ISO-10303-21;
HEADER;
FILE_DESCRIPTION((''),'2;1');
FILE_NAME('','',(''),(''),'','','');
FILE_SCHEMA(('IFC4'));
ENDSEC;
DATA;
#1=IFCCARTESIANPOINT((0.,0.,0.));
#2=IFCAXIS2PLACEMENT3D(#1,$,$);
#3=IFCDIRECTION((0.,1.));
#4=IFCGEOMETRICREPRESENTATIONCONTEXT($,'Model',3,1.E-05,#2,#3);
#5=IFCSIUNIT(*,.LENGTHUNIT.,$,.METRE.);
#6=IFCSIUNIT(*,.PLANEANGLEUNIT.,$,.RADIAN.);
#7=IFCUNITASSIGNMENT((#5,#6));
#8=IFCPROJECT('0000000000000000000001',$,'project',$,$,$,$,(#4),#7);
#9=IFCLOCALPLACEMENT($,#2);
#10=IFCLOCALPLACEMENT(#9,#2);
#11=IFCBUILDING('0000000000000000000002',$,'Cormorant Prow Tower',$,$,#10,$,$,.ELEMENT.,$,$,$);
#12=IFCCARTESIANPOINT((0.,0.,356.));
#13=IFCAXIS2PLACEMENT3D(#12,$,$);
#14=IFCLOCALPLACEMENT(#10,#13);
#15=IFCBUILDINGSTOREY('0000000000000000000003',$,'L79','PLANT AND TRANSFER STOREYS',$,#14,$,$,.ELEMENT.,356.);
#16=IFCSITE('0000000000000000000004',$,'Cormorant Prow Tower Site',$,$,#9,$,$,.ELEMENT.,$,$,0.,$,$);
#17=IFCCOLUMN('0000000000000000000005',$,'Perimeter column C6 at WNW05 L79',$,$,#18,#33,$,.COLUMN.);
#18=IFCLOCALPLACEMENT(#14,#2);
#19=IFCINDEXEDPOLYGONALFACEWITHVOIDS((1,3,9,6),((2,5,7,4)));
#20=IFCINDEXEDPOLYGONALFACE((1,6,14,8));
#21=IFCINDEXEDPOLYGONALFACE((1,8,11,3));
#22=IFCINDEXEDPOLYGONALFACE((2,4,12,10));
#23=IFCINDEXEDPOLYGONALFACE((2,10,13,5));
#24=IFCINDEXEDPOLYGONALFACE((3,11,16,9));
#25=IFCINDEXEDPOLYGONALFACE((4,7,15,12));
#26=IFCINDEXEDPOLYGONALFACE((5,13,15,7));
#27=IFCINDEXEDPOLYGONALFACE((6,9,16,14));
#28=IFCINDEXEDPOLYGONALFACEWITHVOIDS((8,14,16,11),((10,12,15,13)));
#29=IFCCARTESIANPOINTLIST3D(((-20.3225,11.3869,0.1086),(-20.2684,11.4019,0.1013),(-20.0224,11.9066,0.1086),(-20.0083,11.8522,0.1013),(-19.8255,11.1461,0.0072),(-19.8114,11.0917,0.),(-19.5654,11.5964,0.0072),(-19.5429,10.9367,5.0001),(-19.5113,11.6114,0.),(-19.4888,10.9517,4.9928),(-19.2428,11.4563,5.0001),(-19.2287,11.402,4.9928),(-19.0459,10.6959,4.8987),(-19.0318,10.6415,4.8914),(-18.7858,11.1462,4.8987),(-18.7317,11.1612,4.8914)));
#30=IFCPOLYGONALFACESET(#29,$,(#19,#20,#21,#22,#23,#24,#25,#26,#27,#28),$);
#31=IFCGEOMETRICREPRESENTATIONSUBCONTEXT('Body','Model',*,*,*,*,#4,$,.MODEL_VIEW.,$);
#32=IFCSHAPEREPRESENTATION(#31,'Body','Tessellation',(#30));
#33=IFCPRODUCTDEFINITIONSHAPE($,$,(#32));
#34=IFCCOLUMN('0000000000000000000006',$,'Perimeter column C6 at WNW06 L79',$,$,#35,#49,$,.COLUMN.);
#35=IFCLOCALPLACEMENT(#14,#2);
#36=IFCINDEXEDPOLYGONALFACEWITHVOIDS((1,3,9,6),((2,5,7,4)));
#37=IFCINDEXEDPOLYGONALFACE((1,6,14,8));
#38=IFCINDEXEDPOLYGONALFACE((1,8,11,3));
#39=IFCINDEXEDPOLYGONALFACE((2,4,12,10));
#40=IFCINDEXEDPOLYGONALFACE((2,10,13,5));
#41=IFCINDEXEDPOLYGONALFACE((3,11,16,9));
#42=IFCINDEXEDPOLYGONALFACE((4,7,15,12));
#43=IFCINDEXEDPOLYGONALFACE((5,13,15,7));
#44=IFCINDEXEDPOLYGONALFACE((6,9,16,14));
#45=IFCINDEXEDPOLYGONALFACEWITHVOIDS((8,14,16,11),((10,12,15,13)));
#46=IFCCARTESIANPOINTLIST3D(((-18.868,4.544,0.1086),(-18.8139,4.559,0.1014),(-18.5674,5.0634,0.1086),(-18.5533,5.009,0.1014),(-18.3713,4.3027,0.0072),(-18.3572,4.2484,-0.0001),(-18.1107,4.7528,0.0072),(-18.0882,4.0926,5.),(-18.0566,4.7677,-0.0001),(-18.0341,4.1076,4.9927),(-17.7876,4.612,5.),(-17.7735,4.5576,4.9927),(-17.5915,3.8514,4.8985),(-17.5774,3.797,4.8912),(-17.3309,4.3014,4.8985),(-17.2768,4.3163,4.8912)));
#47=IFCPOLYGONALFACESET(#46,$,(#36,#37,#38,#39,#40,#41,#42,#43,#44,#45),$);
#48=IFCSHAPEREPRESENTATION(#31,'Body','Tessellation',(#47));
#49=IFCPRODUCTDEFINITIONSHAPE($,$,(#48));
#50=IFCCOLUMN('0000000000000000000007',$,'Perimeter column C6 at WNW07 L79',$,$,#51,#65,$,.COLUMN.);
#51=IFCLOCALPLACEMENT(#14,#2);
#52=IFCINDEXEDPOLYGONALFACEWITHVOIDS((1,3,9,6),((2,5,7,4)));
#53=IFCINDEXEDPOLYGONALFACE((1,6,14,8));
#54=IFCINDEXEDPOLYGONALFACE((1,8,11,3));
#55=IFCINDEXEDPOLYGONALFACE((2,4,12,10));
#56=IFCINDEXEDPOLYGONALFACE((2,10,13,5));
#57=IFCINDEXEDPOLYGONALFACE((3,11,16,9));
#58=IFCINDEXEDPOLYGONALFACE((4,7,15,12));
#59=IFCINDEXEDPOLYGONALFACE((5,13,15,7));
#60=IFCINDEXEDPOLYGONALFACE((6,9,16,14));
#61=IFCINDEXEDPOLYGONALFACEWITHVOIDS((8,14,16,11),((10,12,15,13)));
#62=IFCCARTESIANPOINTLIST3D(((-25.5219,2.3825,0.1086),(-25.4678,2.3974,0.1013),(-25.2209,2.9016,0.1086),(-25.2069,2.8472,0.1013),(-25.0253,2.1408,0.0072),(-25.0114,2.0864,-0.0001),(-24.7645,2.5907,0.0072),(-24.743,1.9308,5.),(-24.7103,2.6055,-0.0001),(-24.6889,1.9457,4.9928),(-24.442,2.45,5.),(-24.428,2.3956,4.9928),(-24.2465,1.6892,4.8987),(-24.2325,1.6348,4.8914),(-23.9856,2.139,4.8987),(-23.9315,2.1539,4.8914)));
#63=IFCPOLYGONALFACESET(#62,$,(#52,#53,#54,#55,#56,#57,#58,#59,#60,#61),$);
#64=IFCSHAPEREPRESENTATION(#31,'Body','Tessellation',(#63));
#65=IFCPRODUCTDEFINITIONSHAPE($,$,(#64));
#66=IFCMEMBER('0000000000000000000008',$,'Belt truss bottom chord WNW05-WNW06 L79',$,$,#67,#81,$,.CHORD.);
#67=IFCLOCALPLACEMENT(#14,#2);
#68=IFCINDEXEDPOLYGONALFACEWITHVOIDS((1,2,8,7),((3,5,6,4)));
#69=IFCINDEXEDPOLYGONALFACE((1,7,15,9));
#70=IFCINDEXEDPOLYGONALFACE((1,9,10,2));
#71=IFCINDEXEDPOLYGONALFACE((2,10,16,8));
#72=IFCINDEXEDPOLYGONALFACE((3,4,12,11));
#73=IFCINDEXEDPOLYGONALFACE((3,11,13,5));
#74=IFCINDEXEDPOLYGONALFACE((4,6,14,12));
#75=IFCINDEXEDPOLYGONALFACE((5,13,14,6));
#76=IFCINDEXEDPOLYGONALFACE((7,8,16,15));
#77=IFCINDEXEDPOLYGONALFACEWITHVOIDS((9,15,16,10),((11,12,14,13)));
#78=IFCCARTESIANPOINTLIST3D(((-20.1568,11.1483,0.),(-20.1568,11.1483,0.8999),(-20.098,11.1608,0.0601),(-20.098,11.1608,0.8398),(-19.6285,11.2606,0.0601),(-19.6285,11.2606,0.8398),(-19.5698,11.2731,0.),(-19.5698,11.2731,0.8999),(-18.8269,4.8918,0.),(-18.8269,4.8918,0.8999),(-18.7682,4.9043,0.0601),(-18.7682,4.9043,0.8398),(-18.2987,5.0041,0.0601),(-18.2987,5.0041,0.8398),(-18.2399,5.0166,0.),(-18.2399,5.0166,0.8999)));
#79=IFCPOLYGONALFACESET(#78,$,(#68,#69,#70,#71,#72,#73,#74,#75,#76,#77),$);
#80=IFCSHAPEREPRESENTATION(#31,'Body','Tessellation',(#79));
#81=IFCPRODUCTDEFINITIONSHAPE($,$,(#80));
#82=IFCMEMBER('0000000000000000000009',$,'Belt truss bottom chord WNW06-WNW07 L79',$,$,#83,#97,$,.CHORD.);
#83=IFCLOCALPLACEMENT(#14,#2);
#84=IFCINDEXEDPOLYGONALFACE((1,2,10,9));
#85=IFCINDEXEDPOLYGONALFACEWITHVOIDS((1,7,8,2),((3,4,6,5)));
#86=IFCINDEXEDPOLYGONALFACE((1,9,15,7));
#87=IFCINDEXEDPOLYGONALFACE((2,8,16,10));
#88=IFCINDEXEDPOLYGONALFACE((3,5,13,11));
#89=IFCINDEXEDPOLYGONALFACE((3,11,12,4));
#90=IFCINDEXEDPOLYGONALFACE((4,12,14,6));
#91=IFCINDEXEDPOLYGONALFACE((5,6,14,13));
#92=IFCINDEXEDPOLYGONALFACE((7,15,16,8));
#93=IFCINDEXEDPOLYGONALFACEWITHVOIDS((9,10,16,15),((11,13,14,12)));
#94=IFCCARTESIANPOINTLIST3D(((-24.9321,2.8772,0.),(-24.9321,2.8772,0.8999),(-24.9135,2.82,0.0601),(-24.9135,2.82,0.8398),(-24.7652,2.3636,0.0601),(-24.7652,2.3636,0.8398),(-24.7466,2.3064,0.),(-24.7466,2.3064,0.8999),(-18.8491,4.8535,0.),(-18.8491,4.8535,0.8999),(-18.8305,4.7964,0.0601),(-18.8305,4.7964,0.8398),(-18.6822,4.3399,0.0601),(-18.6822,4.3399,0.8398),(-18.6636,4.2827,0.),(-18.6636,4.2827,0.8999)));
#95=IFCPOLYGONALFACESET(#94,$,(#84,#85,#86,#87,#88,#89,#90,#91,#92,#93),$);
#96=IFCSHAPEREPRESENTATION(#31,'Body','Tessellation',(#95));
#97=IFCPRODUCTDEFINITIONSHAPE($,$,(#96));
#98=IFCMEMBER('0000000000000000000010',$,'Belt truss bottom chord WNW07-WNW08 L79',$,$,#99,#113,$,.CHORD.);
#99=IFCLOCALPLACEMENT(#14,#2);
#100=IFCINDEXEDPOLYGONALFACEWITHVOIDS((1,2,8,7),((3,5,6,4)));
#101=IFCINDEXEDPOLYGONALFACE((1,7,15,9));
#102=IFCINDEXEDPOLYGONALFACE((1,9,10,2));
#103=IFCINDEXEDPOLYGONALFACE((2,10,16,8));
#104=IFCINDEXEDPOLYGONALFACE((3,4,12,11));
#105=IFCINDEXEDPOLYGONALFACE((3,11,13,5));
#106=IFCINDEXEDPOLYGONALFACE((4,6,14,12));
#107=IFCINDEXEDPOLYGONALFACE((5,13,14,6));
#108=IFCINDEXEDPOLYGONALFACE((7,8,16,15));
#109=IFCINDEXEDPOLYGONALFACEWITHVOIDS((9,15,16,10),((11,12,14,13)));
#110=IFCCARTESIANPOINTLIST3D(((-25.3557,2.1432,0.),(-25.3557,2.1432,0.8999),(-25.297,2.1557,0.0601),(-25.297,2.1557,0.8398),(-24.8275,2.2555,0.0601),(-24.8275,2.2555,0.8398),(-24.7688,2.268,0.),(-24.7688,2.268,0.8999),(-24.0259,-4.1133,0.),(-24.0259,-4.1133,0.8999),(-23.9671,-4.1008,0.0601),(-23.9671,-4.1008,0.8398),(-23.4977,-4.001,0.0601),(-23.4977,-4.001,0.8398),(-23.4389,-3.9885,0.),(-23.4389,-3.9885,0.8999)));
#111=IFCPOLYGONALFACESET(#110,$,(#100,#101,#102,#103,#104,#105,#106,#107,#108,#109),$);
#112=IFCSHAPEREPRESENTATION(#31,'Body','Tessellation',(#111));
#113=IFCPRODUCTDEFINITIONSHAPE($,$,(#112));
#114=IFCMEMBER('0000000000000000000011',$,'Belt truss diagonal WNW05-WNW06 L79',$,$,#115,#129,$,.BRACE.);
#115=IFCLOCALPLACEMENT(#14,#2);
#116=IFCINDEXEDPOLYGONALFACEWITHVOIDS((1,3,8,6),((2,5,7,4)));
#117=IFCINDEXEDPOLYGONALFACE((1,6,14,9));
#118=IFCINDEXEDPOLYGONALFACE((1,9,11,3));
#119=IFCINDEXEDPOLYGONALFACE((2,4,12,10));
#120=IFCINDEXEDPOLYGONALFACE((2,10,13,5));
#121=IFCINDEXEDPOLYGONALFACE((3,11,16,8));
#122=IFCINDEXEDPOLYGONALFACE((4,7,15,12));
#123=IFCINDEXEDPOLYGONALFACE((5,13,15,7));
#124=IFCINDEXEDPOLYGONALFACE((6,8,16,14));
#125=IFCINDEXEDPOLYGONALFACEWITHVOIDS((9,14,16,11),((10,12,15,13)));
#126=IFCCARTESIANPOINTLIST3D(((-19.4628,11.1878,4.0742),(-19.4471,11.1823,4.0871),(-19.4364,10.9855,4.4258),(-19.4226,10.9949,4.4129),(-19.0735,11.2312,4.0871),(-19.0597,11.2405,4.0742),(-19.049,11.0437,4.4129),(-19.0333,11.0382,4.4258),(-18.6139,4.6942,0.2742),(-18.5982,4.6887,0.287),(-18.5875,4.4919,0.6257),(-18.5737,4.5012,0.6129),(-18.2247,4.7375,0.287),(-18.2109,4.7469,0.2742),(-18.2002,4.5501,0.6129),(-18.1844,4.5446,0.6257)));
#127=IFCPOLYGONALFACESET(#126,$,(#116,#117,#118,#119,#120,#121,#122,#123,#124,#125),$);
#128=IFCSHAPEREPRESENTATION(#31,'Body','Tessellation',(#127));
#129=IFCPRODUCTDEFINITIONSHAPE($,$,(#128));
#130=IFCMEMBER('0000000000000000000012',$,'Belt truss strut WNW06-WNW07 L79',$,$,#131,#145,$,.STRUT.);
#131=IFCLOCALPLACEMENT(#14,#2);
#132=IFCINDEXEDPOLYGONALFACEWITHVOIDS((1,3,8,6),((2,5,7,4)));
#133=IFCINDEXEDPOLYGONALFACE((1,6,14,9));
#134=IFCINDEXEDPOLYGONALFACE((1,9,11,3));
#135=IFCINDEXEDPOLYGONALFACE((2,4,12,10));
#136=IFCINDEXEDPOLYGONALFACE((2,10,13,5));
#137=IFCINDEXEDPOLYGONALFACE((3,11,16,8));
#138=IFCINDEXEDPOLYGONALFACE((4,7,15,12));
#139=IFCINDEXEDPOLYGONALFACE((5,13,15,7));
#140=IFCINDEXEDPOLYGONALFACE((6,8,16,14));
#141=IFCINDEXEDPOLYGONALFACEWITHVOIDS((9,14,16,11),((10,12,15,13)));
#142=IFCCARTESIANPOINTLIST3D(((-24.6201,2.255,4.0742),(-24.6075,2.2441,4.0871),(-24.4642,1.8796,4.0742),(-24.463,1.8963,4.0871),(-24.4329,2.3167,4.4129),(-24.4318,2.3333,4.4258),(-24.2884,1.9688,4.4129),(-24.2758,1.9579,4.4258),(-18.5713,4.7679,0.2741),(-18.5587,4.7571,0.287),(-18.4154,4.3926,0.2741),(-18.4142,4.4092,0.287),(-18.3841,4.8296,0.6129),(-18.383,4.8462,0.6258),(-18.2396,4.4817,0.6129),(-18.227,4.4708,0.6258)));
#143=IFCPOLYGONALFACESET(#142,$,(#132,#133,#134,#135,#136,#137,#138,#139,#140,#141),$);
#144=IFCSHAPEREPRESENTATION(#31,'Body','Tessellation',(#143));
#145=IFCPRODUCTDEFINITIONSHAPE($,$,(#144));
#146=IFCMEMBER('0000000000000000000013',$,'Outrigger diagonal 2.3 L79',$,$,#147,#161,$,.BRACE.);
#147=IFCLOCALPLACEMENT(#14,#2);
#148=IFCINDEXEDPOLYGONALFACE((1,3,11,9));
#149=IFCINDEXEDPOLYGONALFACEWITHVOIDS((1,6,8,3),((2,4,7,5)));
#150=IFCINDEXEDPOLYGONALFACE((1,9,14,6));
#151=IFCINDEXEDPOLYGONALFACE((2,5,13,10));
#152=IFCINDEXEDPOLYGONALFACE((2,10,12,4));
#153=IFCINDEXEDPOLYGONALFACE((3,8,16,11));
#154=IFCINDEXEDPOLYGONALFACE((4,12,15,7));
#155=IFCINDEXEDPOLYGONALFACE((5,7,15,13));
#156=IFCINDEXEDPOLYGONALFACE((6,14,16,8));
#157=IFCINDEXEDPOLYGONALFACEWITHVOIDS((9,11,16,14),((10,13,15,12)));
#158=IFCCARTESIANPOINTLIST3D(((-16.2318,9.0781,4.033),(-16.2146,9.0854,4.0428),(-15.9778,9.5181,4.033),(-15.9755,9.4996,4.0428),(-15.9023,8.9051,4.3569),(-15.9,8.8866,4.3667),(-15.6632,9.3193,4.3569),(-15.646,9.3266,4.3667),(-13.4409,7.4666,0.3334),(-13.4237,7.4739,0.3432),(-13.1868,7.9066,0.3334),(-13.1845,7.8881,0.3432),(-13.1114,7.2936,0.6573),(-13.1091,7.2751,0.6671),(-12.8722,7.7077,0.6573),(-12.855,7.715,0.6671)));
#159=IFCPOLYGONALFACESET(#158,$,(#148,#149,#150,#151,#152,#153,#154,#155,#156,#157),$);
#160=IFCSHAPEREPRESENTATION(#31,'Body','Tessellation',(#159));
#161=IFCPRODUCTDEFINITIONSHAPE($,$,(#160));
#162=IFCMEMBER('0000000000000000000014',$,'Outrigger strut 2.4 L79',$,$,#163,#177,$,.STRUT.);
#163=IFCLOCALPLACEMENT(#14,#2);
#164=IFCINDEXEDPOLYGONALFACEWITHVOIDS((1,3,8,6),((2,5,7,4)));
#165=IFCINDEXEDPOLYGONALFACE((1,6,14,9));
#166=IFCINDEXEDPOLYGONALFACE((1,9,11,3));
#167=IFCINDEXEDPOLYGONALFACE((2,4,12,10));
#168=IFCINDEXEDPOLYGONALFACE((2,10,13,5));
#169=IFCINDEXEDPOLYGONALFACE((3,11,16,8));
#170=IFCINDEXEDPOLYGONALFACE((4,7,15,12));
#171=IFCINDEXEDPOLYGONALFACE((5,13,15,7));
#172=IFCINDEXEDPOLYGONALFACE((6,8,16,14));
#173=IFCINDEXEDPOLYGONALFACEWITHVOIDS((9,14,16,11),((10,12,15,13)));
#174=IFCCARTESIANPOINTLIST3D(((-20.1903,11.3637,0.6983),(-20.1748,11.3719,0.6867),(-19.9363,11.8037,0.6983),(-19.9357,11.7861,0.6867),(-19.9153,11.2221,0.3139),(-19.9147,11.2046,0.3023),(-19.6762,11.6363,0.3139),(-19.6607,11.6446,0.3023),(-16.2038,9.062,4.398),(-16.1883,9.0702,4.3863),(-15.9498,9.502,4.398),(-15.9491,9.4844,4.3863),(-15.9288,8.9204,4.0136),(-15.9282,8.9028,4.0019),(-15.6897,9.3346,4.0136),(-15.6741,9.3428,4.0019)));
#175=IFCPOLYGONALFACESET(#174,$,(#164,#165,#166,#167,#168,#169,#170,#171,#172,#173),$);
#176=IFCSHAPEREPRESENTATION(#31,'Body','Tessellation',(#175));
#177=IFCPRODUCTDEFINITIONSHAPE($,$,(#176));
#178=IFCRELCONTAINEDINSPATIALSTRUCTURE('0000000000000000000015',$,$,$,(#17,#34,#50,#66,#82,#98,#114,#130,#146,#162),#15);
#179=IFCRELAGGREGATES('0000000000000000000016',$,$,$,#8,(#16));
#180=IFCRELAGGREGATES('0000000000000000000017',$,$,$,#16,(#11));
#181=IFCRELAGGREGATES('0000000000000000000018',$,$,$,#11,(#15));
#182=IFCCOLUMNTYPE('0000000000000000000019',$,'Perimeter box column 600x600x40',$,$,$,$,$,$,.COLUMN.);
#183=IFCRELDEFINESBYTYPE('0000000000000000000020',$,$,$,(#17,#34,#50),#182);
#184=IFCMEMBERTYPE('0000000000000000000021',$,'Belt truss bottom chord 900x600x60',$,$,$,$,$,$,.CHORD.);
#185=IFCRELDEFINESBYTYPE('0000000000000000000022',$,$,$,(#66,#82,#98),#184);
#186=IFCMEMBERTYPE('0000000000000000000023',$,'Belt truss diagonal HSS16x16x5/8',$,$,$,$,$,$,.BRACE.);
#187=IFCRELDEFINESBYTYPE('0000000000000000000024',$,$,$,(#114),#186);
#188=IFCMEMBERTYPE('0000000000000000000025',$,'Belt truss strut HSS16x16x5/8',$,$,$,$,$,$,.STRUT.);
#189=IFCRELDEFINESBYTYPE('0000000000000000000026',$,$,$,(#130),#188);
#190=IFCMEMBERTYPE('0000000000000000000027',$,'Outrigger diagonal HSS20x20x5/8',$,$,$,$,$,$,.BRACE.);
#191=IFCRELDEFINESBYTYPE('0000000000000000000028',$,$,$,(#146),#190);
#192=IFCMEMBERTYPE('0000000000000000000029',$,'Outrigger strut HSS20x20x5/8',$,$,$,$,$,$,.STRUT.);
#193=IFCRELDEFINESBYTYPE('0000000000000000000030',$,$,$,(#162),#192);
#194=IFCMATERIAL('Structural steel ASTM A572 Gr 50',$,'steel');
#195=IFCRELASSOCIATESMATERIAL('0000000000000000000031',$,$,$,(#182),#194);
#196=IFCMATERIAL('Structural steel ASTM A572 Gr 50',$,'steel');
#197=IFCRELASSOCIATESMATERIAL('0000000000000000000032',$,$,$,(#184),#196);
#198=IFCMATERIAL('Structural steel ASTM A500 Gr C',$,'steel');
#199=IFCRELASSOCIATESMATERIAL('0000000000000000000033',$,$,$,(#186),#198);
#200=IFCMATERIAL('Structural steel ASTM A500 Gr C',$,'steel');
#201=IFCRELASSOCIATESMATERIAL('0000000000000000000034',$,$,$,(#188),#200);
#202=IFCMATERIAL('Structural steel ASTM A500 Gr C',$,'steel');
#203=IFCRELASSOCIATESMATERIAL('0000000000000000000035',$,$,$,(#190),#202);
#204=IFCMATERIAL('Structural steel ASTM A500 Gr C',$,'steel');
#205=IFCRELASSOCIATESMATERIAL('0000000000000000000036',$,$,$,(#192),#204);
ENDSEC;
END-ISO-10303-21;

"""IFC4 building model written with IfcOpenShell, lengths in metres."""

from ifc_helpers import new_model, si_unit, direction, frame, origin, origin_2d, place, context, subcontext, project, spatial, hollow_rectangle, extrude, material, material_profile, profile_set, type_object, element, save


model = new_model("IFC4")

# Units and contexts
model_context = context("Model", 3, precision=1e-05, world=origin(), true_north=direction((0.0, 1.0)))
body_context = subcontext(model_context, "Body", "Model", "MODEL_VIEW")
ifc_project = project(units=[si_unit("LENGTHUNIT", "METRE"), si_unit("PLANEANGLEUNIT", "RADIAN")], contexts=[model_context])

# Site, building, storey
site_placement = place(None, origin())
site = spatial("IfcSite", under=ifc_project, at=site_placement, Name="Cormorant Prow Tower Site", CompositionType="ELEMENT", RefElevation=0.0)
building_placement = place(site_placement, origin())
building = spatial("IfcBuilding", under=site, at=building_placement, Name="Cormorant Prow Tower", CompositionType="ELEMENT")
storey_placement = place(building_placement, frame((0.0, 0.0, 356.0)))
storey = spatial("IfcBuildingStorey", under=building, at=storey_placement, Name="L79", Description="PLANT AND TRANSFER STOREYS", CompositionType="ELEMENT", Elevation=356.0)

# Columns
ifc_material_1 = material(Name="Structural steel ASTM A572 Gr 50", Category="steel")
ifc_material_profile_1 = material_profile(ifc_material_1, hollow_rectangle(XDim=0.6001, YDim=0.6001, WallThickness=0.04, at=origin_2d()), Name="Box 600x600x40")
ifc_profile_set_1 = profile_set([ifc_material_profile_1], Name="Structural steel ASTM A572 Gr 50")
column_type = type_object("IfcColumnType", Name="Perimeter box column 600x600x40", PredefinedType="COLUMN", material=ifc_profile_set_1)
for number, where, z_axis, x_axis, name in (
    (1, (-19.9255, 11.5042, 0.0), (0.156743, -0.090521, 0.983482), (0.500105, 0.865965, 0.0), "Perimeter column C6 at WNW05 L79"),
    (2, (-18.4709, 4.6609, 0.0), (0.156786, -0.090758, 0.983454), (0.500984, 0.865457, 0.0), "Perimeter column C6 at WNW06 L79"),
    (3, (-25.1248, 2.499, 0.0), (0.156598, -0.090809, 0.983479), (0.501643, 0.865075, 0.0), "Perimeter column C6 at WNW07 L79"),
):
    element("IfcColumn", number, at=place(storey_placement, frame(where, z_axis=z_axis, x_axis=x_axis)), inside=storey, type_object=column_type, Name=name, PredefinedType="COLUMN", context=body_context, shape_type="SweptSolid", body=[
        extrude(hollow_rectangle(XDim=0.6001, YDim=0.6001, WallThickness=0.04, at=origin_2d()), frame((0.0, 0.0, 0.0552)), (0.0, 0.0, 1.0), 4.9736),
    ])

# Members
ifc_material_2 = material(Name="Structural steel ASTM A572 Gr 50", Category="steel")
ifc_material_profile_2 = material_profile(ifc_material_2, hollow_rectangle(XDim=0.6001, YDim=0.8999, WallThickness=0.0601, at=origin_2d()), Name="Box 900x600x60")
ifc_profile_set_2 = profile_set([ifc_material_profile_2], Name="Structural steel ASTM A572 Gr 50")
member_type_1 = type_object("IfcMemberType", Name="Belt truss bottom chord 900x600x60", PredefinedType="CHORD", material=ifc_profile_set_2)
member_1_placement = place(storey_placement, frame((-19.8633, 11.2107, 0.45), z_axis=(0.207913, -0.978147, 0.0), x_axis=(0.978147, 0.207913, 0.0)))
element("IfcMember", 4, at=member_1_placement, inside=storey, type_object=member_type_1, Name="Belt truss bottom chord WNW05-WNW06 L79", PredefinedType="CHORD", context=body_context, shape_type="SweptSolid", body=[
    extrude(hollow_rectangle(XDim=0.6001, YDim=0.8999, WallThickness=0.0601, at=origin_2d()), origin(), (0.0, 0.0, 1.0), 6.3962),
])
member_2_placement = place(storey_placement, frame((-18.7563, 4.5681, 0.45), z_axis=(-0.951064, -0.308993, 0.0), x_axis=(0.308993, -0.951064, 0.0)))
element("IfcMember", 5, at=member_2_placement, inside=storey, type_object=member_type_1, Name="Belt truss bottom chord WNW06-WNW07 L79", PredefinedType="CHORD", context=body_context, shape_type="SweptSolid", body=[
    extrude(hollow_rectangle(XDim=0.6001, YDim=0.8999, WallThickness=0.0601, at=origin_2d()), origin(), (0.0, 0.0, 1.0), 6.396),
])
member_3_placement = place(storey_placement, frame((-25.0623, 2.2056, 0.45), z_axis=(0.207913, -0.978147, 0.0), x_axis=(0.978147, 0.207913, 0.0)))
element("IfcMember", 6, at=member_3_placement, inside=storey, type_object=member_type_1, Name="Belt truss bottom chord WNW07-WNW08 L79", PredefinedType="CHORD", context=body_context, shape_type="SweptSolid", body=[
    extrude(hollow_rectangle(XDim=0.6001, YDim=0.8999, WallThickness=0.0601, at=origin_2d()), origin(), (0.0, 0.0, 1.0), 6.3962),
])
ifc_material_3 = material(Name="Structural steel ASTM A500 Gr C", Category="steel")
ifc_material_profile_3 = material_profile(ifc_material_3, hollow_rectangle(XDim=0.4065, YDim=0.4065, WallThickness=0.0149, at=origin_2d()), Name="HSS16x16x5/8")
ifc_profile_set_3 = profile_set([ifc_material_profile_3], Name="Structural steel ASTM A500 Gr C")
member_type_2 = type_object("IfcMemberType", Name="Belt truss diagonal HSS16x16x5/8", PredefinedType="BRACE", material=ifc_profile_set_3)
member_4_placement = place(storey_placement, frame((-18.3992, 4.6194, 0.45), z_axis=(-0.112114, 0.857638, 0.501885), x_axis=(-0.991564, -0.129621, 0.0)))
element("IfcMember", 7, at=member_4_placement, inside=storey, type_object=member_type_2, Name="Belt truss diagonal WNW05-WNW06 L79", PredefinedType="BRACE", context=body_context, shape_type="SweptSolid", body=[
    extrude(hollow_rectangle(XDim=0.4065, YDim=0.4065, WallThickness=0.0149, at=origin_2d()), origin(), (0.0, 0.0, 1.0), 7.5715),
])
ifc_material_4 = material(Name="Structural steel ASTM A500 Gr C", Category="steel")
ifc_material_profile_4 = material_profile(ifc_material_4, hollow_rectangle(XDim=0.4065, YDim=0.4065, WallThickness=0.0149, at=origin_2d()), Name="HSS16x16x5/8")
ifc_profile_set_4 = profile_set([ifc_material_profile_4], Name="Structural steel ASTM A500 Gr C")
member_type_3 = type_object("IfcMemberType", Name="Belt truss strut HSS16x16x5/8", PredefinedType="STRUT", material=ifc_profile_set_4)
member_5_placement = place(storey_placement, frame((-18.3992, 4.6194, 0.45), z_axis=(-0.798783, -0.331848, 0.501819), x_axis=(0.383652, -0.923478, 0.0)))
element("IfcMember", 8, at=member_5_placement, inside=storey, type_object=member_type_3, Name="Belt truss strut WNW06-WNW07 L79", PredefinedType="STRUT", context=body_context, shape_type="SweptSolid", body=[
    extrude(hollow_rectangle(XDim=0.4065, YDim=0.4065, WallThickness=0.0149, at=origin_2d()), origin(), (0.0, 0.0, 1.0), 7.5725),
])
ifc_material_5 = material(Name="Structural steel ASTM A500 Gr C", Category="steel")
ifc_material_profile_5 = material_profile(ifc_material_5, hollow_rectangle(XDim=0.5081, YDim=0.5081, WallThickness=0.0149, at=origin_2d()), Name="HSS20x20x5/8")
ifc_profile_set_5 = profile_set([ifc_material_profile_5], Name="Structural steel ASTM A500 Gr C")
member_type_4 = type_object("IfcMemberType", Name="Outrigger diagonal HSS20x20x5/8", PredefinedType="BRACE", material=ifc_profile_set_5)
member_6_placement = place(storey_placement, frame((-13.1479, 7.5908, 0.5002), z_axis=(-0.568828, 0.32845, 0.754026), x_axis=(-0.500042, -0.866001, 0.0)))
element("IfcMember", 9, at=member_6_placement, inside=storey, type_object=member_type_4, Name="Outrigger diagonal 2.3 L79", PredefinedType="BRACE", context=body_context, shape_type="SweptSolid", body=[
    extrude(hollow_rectangle(XDim=0.5081, YDim=0.5081, WallThickness=0.0149, at=origin_2d()), origin(), (0.0, 0.0, 1.0), 4.9065),
])
ifc_material_6 = material(Name="Structural steel ASTM A500 Gr C", Category="steel")
ifc_material_profile_6 = material_profile(ifc_material_6, hollow_rectangle(XDim=0.5081, YDim=0.5081, WallThickness=0.0149, at=origin_2d()), Name="HSS20x20x5/8")
ifc_profile_set_6 = profile_set([ifc_material_profile_6], Name="Structural steel ASTM A500 Gr C")
member_type_5 = type_object("IfcMemberType", Name="Outrigger strut HSS20x20x5/8", PredefinedType="STRUT", material=ifc_profile_set_6)
member_7_placement = place(storey_placement, frame((-15.939, 9.2024, 4.2), z_axis=(-0.675025, 0.389744, -0.626451), x_axis=(-0.500018, -0.866015, 0.0)))
element("IfcMember", 10, at=member_7_placement, inside=storey, type_object=member_type_5, Name="Outrigger strut 2.4 L79", PredefinedType="STRUT", context=body_context, shape_type="SweptSolid", body=[
    extrude(hollow_rectangle(XDim=0.5081, YDim=0.5081, WallThickness=0.0149, at=origin_2d()), origin(), (0.0, 0.0, 1.0), 5.9058),
])

save(model, "model.ifc")
